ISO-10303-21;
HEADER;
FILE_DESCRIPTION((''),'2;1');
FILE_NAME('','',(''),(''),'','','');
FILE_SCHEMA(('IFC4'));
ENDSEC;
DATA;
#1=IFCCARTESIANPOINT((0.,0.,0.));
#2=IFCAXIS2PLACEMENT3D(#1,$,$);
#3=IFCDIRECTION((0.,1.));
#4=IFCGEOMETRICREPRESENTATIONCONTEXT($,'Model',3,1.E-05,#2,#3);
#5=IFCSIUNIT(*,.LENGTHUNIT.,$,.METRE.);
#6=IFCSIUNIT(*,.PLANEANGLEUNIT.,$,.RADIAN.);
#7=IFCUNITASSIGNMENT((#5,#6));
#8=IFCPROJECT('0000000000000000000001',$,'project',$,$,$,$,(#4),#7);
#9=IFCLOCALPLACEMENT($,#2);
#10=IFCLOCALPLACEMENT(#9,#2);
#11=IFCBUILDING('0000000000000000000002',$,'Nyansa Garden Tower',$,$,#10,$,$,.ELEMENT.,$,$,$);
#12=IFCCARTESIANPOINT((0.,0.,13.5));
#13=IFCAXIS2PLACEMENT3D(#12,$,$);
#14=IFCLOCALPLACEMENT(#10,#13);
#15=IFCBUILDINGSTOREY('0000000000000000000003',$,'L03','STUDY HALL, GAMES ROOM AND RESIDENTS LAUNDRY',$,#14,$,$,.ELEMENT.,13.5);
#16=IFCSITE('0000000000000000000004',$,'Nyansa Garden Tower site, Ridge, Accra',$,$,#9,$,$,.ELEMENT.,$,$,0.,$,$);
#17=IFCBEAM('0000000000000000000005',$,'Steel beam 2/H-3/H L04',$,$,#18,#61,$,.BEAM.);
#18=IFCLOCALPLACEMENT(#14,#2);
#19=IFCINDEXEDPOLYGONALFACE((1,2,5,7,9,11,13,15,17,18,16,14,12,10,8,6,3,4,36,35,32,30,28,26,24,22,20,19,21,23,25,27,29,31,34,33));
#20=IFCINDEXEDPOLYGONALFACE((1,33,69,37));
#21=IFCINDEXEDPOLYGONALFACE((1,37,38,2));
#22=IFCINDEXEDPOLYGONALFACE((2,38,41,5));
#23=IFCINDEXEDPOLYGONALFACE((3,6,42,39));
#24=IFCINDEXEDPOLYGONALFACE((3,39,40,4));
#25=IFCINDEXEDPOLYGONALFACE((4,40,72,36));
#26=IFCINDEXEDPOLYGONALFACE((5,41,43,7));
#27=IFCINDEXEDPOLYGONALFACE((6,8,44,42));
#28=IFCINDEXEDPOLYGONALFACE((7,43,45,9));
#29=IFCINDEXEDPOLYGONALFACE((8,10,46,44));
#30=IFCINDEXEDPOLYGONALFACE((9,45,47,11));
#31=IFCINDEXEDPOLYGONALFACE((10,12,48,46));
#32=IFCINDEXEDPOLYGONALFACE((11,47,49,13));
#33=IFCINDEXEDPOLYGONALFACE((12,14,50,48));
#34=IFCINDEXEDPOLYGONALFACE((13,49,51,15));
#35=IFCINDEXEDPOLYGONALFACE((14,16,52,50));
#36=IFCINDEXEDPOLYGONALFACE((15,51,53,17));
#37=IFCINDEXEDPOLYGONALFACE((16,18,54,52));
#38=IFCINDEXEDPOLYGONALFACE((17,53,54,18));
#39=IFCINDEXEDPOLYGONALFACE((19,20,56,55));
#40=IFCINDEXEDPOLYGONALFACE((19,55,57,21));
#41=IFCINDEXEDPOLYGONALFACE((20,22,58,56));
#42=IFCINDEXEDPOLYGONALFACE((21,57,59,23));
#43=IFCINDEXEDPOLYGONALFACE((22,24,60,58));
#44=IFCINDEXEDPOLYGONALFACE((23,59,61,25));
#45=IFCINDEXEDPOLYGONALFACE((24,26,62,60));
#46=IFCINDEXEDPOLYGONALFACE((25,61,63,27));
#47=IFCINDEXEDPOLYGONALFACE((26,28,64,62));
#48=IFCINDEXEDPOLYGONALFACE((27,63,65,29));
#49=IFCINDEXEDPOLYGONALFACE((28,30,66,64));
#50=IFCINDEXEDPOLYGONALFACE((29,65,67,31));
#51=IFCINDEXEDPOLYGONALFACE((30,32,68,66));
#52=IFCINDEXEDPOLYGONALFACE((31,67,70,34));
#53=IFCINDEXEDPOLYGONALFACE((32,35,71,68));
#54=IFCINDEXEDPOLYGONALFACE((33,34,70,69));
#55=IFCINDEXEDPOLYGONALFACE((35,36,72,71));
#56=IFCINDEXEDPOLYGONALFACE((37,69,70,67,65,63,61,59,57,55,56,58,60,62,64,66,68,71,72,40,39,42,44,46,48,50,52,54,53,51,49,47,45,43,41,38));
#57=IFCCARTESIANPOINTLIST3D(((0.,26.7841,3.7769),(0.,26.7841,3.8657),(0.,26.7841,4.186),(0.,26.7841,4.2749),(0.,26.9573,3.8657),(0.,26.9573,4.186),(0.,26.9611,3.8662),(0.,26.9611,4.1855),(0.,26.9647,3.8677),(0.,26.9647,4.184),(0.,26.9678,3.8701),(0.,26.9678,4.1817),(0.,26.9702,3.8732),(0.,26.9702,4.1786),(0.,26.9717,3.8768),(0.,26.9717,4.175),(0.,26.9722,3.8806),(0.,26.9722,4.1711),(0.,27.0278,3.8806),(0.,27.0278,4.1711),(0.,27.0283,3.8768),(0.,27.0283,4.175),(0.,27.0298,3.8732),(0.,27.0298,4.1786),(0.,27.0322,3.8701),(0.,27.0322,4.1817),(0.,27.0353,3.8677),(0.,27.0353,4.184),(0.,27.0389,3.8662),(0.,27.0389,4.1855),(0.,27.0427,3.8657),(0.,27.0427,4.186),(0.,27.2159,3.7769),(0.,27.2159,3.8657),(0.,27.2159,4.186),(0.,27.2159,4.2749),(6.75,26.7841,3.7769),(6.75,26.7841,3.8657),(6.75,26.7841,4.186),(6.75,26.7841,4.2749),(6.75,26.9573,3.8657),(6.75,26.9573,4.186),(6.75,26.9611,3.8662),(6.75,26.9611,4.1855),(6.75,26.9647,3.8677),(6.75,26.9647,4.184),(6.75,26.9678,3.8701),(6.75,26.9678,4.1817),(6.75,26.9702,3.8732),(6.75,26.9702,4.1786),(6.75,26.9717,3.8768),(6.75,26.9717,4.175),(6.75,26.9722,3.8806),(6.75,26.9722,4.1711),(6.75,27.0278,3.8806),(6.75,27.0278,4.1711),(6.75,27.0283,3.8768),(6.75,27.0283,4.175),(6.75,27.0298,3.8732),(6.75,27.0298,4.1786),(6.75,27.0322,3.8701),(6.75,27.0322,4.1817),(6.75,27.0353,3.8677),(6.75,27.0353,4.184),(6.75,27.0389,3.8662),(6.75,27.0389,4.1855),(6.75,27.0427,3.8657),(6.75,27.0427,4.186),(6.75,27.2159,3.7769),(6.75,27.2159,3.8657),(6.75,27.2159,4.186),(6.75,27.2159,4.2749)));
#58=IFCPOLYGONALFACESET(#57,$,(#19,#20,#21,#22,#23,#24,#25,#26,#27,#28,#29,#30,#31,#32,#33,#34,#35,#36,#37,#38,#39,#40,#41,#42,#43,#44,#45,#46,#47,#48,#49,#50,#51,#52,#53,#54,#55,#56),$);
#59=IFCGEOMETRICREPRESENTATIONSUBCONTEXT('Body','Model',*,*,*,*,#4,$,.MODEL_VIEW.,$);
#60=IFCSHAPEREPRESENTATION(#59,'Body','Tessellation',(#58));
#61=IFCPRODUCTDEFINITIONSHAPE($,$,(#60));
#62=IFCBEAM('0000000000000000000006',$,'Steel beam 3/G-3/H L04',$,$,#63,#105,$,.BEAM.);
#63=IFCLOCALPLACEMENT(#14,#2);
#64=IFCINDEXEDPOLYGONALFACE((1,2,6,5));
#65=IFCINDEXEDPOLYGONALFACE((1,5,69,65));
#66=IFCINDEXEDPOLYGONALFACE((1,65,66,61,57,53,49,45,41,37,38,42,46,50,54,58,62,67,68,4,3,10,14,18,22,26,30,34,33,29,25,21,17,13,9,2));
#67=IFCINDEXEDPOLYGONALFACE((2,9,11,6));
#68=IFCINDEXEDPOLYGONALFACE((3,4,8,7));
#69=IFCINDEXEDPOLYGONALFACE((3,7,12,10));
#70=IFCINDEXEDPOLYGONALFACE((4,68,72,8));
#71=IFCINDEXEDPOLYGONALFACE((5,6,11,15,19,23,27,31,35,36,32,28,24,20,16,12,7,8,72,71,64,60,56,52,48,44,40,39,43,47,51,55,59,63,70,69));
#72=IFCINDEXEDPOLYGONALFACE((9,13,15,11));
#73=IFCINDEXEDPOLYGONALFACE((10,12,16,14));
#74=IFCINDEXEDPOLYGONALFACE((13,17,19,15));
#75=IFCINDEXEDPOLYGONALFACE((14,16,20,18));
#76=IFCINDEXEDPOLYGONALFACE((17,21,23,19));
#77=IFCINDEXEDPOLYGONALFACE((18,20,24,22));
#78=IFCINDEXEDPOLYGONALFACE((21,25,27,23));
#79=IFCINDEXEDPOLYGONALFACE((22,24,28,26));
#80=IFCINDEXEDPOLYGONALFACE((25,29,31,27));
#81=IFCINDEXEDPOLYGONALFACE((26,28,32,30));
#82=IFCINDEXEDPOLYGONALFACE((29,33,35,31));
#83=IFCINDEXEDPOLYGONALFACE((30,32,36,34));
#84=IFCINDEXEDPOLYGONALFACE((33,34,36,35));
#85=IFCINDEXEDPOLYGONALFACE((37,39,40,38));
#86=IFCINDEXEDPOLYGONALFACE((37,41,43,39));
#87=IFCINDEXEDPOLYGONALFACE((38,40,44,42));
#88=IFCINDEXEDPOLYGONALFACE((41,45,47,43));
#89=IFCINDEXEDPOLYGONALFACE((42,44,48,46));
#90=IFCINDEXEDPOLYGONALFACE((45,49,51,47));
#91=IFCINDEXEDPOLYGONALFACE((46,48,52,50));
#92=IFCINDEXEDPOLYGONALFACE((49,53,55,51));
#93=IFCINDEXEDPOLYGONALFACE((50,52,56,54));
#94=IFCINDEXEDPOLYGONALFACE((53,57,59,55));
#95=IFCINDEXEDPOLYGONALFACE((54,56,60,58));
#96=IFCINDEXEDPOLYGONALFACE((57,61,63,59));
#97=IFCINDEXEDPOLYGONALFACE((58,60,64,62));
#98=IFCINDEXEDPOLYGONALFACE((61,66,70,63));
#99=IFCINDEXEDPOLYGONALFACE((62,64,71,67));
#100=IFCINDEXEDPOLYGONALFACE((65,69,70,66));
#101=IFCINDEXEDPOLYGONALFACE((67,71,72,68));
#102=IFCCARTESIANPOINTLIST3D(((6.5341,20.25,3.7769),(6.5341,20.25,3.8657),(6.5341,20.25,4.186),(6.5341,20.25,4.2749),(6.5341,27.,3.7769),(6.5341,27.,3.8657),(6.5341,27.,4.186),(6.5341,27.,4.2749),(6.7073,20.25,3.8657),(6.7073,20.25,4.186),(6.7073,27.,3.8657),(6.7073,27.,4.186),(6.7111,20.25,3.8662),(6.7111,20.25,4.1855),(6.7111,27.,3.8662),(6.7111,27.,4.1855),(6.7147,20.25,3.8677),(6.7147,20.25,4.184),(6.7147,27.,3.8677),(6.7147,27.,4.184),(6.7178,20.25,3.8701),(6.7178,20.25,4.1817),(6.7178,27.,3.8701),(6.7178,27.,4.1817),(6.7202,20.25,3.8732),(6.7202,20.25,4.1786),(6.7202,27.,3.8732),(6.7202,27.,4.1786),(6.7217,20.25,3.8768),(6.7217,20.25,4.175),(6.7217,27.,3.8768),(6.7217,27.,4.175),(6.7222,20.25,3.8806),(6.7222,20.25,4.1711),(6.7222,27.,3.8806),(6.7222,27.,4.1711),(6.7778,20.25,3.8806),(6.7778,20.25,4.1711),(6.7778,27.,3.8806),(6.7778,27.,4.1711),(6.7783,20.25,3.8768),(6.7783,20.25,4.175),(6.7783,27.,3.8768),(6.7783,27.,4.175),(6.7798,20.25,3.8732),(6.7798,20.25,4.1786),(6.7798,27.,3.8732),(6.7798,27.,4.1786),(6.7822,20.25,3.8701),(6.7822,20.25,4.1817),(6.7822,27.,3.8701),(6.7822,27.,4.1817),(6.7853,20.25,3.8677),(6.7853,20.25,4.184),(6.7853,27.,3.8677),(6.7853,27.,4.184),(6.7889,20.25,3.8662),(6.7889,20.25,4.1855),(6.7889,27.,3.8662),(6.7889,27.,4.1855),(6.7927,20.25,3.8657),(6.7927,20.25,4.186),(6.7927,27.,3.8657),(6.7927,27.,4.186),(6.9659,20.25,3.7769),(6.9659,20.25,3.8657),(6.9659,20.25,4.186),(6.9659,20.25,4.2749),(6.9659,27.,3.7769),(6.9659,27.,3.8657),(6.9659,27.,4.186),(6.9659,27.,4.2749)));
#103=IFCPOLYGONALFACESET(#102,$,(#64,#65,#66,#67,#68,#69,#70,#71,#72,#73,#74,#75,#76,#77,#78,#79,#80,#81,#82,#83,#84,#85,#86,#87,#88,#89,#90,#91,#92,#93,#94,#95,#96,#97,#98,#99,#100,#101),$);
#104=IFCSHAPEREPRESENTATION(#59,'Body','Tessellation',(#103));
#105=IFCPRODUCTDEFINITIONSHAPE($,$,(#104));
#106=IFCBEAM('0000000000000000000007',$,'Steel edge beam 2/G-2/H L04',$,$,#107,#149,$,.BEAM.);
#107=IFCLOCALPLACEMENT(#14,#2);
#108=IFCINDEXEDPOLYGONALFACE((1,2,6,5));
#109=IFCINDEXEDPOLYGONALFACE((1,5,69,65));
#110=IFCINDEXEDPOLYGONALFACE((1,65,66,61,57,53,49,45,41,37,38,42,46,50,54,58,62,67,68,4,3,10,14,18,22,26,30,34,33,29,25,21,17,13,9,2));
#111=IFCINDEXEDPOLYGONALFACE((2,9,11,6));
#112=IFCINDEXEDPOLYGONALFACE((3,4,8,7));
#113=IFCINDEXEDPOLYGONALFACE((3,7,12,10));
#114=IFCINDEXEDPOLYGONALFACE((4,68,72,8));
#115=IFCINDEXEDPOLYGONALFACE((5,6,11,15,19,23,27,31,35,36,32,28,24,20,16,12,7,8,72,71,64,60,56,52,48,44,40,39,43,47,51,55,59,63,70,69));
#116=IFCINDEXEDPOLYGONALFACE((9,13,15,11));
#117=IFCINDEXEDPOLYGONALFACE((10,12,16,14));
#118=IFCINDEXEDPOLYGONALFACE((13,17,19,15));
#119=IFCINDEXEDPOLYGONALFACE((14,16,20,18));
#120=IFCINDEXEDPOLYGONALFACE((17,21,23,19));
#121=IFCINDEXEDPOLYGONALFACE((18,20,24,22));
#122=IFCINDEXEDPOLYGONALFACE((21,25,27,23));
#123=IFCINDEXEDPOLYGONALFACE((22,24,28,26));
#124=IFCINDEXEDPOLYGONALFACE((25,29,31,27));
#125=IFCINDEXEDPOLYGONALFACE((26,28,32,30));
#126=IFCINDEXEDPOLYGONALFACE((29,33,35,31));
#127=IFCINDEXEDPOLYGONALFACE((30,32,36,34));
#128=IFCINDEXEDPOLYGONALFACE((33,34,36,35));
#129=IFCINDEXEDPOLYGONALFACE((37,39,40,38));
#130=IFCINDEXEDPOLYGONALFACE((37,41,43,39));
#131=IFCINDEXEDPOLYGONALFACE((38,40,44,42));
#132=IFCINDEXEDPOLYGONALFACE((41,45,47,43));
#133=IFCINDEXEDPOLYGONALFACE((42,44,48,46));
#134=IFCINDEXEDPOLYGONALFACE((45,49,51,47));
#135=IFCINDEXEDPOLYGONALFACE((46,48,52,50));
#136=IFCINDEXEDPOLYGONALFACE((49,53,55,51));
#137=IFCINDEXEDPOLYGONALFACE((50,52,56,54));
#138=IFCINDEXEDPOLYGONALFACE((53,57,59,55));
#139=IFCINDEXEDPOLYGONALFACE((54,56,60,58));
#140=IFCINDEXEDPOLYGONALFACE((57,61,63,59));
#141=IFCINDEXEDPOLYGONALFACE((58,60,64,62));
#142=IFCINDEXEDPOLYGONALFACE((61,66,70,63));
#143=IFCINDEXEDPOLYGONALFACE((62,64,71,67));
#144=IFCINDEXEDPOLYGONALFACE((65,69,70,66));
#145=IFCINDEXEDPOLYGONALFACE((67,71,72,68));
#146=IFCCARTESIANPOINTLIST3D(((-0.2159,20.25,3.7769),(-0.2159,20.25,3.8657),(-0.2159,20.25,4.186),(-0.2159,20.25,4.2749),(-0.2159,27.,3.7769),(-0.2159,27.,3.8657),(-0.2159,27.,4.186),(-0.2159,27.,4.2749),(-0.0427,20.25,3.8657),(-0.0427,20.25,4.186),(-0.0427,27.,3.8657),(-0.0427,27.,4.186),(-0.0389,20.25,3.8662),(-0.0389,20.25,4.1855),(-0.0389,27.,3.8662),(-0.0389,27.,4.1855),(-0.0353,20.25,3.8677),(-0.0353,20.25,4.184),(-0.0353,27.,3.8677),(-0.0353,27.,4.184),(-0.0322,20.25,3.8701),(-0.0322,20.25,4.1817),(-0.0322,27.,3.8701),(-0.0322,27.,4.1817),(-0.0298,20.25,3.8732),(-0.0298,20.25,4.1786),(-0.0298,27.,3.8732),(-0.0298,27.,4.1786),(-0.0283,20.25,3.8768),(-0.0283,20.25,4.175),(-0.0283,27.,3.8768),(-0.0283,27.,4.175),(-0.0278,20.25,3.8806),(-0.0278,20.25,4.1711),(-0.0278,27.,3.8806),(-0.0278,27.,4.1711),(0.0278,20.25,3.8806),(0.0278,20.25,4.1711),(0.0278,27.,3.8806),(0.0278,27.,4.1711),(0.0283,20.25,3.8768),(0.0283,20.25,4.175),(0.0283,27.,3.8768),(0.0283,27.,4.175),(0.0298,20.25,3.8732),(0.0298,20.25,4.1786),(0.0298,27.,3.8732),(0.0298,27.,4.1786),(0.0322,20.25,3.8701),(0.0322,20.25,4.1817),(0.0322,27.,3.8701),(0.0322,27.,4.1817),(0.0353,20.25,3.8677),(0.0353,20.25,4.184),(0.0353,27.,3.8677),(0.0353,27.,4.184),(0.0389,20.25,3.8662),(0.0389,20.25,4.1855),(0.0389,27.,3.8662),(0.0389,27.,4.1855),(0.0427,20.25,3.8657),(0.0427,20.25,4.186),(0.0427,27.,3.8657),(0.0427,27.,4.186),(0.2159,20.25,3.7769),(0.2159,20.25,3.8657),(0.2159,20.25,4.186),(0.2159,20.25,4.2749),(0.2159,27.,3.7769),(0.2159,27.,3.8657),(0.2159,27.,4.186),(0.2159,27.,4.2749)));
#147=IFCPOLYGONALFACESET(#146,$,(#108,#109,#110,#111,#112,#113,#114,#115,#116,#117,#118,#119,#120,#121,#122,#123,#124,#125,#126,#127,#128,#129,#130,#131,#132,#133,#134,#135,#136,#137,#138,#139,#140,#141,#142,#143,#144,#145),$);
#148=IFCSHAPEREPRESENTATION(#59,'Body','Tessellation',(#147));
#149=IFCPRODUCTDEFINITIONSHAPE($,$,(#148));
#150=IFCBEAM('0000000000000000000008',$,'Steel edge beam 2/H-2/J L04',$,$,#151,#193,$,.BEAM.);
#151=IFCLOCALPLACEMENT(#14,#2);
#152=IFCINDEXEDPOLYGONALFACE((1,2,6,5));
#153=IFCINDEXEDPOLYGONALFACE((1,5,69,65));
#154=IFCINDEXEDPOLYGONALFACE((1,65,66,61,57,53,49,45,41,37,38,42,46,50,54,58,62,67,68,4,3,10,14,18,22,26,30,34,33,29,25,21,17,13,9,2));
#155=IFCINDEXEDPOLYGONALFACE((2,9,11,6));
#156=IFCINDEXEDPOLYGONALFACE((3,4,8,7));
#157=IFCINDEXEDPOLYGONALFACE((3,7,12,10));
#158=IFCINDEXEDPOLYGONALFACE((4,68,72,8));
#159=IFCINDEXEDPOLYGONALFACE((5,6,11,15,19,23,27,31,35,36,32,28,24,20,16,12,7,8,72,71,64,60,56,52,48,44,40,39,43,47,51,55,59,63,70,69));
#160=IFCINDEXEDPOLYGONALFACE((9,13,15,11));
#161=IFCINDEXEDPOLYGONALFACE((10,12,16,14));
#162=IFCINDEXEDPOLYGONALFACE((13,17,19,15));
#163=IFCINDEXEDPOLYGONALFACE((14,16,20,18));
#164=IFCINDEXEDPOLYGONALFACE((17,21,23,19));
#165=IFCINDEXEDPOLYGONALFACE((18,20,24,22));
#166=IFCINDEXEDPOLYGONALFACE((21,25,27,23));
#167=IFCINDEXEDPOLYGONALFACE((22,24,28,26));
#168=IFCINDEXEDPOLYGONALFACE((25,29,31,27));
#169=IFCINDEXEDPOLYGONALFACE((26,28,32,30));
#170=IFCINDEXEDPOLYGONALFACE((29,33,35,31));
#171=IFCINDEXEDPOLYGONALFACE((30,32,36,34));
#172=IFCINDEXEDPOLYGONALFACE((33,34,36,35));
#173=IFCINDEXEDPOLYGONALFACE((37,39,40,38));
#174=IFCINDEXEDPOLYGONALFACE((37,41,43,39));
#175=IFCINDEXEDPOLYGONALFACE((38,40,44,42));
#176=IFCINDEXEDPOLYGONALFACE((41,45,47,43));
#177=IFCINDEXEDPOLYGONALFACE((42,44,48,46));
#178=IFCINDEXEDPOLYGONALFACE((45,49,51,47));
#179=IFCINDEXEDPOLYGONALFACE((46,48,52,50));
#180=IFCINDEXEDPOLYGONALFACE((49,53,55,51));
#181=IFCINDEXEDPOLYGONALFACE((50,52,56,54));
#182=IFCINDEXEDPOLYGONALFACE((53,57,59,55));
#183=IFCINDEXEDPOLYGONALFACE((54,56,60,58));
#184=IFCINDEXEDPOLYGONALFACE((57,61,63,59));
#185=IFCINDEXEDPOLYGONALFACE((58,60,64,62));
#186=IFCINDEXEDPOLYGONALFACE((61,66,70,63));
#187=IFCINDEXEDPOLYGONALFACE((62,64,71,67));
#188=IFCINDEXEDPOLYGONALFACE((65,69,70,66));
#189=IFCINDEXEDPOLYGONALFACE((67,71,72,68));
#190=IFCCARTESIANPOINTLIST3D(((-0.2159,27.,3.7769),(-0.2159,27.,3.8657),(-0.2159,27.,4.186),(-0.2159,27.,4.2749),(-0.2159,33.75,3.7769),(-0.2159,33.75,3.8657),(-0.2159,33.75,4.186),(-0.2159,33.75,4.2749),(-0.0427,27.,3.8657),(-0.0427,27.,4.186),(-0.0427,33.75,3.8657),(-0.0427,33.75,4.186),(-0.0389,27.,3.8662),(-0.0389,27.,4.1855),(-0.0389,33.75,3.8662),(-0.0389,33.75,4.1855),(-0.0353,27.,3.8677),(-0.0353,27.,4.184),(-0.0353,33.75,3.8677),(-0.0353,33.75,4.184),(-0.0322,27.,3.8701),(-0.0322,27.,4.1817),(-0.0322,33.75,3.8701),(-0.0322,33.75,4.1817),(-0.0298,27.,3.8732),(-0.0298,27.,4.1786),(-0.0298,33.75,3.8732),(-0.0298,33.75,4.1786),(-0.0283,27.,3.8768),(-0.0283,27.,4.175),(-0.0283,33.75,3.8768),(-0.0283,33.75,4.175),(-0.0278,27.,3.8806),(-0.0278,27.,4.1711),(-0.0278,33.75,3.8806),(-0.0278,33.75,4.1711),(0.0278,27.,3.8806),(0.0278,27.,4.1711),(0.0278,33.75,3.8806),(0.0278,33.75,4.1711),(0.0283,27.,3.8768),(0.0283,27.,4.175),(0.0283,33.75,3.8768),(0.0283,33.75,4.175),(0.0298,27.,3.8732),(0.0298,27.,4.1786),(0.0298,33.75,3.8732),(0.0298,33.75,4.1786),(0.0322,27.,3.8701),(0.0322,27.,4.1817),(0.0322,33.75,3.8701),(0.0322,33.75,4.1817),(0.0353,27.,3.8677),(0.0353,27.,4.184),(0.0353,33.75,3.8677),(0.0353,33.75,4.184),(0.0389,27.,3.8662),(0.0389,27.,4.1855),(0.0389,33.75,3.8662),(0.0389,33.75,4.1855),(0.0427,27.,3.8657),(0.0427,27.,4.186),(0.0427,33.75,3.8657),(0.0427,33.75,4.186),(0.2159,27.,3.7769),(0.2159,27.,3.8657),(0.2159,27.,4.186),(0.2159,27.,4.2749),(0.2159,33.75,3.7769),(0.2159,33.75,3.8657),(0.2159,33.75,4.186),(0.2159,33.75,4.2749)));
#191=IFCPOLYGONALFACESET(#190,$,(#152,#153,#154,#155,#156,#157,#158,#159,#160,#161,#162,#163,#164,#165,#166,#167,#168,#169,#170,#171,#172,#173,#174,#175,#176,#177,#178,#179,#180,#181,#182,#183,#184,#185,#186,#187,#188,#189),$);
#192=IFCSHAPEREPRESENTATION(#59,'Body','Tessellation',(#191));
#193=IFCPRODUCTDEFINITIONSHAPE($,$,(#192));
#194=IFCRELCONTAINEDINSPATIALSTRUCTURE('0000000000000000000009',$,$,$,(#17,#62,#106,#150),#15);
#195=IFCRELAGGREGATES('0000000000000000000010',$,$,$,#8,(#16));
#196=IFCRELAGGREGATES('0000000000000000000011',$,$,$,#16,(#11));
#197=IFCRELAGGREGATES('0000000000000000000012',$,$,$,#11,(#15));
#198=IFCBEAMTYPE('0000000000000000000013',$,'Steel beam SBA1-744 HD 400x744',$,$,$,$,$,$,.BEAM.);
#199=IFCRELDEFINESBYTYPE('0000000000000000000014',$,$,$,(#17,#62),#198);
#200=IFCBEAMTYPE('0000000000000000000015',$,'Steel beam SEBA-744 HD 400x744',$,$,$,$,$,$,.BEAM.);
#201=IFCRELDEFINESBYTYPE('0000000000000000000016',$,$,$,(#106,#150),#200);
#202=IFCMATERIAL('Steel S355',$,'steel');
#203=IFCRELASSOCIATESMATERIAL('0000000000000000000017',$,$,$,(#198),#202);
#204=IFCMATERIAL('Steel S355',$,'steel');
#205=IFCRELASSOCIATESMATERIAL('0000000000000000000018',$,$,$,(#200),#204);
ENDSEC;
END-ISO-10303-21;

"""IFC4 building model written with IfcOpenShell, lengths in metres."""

from ifc_helpers import new_model, si_unit, direction, frame, origin, origin_2d, place, context, subcontext, project, spatial, i_section, extrude, material, material_profile, profile_set, type_object, element, save


model = new_model("IFC4")

# Units and contexts
model_context = context("Model", 3, precision=1e-05, world=origin(), true_north=direction((0.0, 1.0)))
body_context = subcontext(model_context, "Body", "Model", "MODEL_VIEW")
ifc_project = project(units=[si_unit("LENGTHUNIT", "METRE"), si_unit("PLANEANGLEUNIT", "RADIAN")], contexts=[model_context])

# Site, building, storey
site_placement = place(None, origin())
site = spatial("IfcSite", under=ifc_project, at=site_placement, Name="Nyansa Garden Tower site, Ridge, Accra", CompositionType="ELEMENT", RefElevation=0.0)
building_placement = place(site_placement, origin())
building = spatial("IfcBuilding", under=site, at=building_placement, Name="Nyansa Garden Tower", CompositionType="ELEMENT")
storey_placement = place(building_placement, frame((0.0, 0.0, 13.5)))
storey = spatial("IfcBuildingStorey", under=building, at=storey_placement, Name="L03", Description="STUDY HALL, GAMES ROOM AND RESIDENTS LAUNDRY", CompositionType="ELEMENT", Elevation=13.5)

# Beams
ifc_material_1 = material(Name="Steel S355", Category="steel")
ifc_material_profile_1 = material_profile(ifc_material_1, i_section(OverallWidth=0.4319, OverallDepth=0.498, WebThickness=0.0557, FlangeThickness=0.0889, FilletRadius=0.0149, at=origin_2d()), Name="HD 400x744")
ifc_profile_set_1 = profile_set([ifc_material_profile_1], Name="Steel S355")
beam_type_1 = type_object("IfcBeamType", Name="Steel beam SBA1-744 HD 400x744", PredefinedType="BEAM", material=ifc_profile_set_1)
for number, where, z_axis, x_axis, name in (
    (1, (0.0, 27.0, 4.0259), (1.0, 0.0, 0.0), (0.0, 1.0, 0.0), "Steel beam 2/H-3/H L04"),
    (2, (6.75, 20.25, 4.0259), (0.0, 1.0, 0.0), (-1.0, 0.0, 0.0), "Steel beam 3/G-3/H L04"),
):
    element("IfcBeam", number, at=place(storey_placement, frame(where, z_axis=z_axis, x_axis=x_axis)), inside=storey, type_object=beam_type_1, Name=name, PredefinedType="BEAM", context=body_context, shape_type="SweptSolid", body=[
        extrude(i_section(OverallWidth=0.4319, OverallDepth=0.498, WebThickness=0.0557, FlangeThickness=0.0889, FilletRadius=0.0149, at=origin_2d()), origin(), (0.0, 0.0, 1.0), 6.75),
    ])
ifc_material_2 = material(Name="Steel S355", Category="steel")
ifc_material_profile_2 = material_profile(ifc_material_2, i_section(OverallWidth=0.4319, OverallDepth=0.498, WebThickness=0.0557, FlangeThickness=0.0889, FilletRadius=0.0149, at=origin_2d()), Name="HD 400x744")
ifc_profile_set_2 = profile_set([ifc_material_profile_2], Name="Steel S355")
beam_type_2 = type_object("IfcBeamType", Name="Steel beam SEBA-744 HD 400x744", PredefinedType="BEAM", material=ifc_profile_set_2)
for number, where, z_axis, x_axis, name in (
    (3, (0.0, 20.25, 4.0259), (0.0, 1.0, 0.0), (-1.0, 0.0, 0.0), "Steel edge beam 2/G-2/H L04"),
    (4, (0.0, 27.0, 4.0259), (0.0, 1.0, 0.0), (-1.0, 0.0, 0.0), "Steel edge beam 2/H-2/J L04"),
):
    element("IfcBeam", number, at=place(storey_placement, frame(where, z_axis=z_axis, x_axis=x_axis)), inside=storey, type_object=beam_type_2, Name=name, PredefinedType="BEAM", context=body_context, shape_type="SweptSolid", body=[
        extrude(i_section(OverallWidth=0.4319, OverallDepth=0.498, WebThickness=0.0557, FlangeThickness=0.0889, FilletRadius=0.0149, at=origin_2d()), origin(), (0.0, 0.0, 1.0), 6.75),
    ])

save(model, "model.ifc")
